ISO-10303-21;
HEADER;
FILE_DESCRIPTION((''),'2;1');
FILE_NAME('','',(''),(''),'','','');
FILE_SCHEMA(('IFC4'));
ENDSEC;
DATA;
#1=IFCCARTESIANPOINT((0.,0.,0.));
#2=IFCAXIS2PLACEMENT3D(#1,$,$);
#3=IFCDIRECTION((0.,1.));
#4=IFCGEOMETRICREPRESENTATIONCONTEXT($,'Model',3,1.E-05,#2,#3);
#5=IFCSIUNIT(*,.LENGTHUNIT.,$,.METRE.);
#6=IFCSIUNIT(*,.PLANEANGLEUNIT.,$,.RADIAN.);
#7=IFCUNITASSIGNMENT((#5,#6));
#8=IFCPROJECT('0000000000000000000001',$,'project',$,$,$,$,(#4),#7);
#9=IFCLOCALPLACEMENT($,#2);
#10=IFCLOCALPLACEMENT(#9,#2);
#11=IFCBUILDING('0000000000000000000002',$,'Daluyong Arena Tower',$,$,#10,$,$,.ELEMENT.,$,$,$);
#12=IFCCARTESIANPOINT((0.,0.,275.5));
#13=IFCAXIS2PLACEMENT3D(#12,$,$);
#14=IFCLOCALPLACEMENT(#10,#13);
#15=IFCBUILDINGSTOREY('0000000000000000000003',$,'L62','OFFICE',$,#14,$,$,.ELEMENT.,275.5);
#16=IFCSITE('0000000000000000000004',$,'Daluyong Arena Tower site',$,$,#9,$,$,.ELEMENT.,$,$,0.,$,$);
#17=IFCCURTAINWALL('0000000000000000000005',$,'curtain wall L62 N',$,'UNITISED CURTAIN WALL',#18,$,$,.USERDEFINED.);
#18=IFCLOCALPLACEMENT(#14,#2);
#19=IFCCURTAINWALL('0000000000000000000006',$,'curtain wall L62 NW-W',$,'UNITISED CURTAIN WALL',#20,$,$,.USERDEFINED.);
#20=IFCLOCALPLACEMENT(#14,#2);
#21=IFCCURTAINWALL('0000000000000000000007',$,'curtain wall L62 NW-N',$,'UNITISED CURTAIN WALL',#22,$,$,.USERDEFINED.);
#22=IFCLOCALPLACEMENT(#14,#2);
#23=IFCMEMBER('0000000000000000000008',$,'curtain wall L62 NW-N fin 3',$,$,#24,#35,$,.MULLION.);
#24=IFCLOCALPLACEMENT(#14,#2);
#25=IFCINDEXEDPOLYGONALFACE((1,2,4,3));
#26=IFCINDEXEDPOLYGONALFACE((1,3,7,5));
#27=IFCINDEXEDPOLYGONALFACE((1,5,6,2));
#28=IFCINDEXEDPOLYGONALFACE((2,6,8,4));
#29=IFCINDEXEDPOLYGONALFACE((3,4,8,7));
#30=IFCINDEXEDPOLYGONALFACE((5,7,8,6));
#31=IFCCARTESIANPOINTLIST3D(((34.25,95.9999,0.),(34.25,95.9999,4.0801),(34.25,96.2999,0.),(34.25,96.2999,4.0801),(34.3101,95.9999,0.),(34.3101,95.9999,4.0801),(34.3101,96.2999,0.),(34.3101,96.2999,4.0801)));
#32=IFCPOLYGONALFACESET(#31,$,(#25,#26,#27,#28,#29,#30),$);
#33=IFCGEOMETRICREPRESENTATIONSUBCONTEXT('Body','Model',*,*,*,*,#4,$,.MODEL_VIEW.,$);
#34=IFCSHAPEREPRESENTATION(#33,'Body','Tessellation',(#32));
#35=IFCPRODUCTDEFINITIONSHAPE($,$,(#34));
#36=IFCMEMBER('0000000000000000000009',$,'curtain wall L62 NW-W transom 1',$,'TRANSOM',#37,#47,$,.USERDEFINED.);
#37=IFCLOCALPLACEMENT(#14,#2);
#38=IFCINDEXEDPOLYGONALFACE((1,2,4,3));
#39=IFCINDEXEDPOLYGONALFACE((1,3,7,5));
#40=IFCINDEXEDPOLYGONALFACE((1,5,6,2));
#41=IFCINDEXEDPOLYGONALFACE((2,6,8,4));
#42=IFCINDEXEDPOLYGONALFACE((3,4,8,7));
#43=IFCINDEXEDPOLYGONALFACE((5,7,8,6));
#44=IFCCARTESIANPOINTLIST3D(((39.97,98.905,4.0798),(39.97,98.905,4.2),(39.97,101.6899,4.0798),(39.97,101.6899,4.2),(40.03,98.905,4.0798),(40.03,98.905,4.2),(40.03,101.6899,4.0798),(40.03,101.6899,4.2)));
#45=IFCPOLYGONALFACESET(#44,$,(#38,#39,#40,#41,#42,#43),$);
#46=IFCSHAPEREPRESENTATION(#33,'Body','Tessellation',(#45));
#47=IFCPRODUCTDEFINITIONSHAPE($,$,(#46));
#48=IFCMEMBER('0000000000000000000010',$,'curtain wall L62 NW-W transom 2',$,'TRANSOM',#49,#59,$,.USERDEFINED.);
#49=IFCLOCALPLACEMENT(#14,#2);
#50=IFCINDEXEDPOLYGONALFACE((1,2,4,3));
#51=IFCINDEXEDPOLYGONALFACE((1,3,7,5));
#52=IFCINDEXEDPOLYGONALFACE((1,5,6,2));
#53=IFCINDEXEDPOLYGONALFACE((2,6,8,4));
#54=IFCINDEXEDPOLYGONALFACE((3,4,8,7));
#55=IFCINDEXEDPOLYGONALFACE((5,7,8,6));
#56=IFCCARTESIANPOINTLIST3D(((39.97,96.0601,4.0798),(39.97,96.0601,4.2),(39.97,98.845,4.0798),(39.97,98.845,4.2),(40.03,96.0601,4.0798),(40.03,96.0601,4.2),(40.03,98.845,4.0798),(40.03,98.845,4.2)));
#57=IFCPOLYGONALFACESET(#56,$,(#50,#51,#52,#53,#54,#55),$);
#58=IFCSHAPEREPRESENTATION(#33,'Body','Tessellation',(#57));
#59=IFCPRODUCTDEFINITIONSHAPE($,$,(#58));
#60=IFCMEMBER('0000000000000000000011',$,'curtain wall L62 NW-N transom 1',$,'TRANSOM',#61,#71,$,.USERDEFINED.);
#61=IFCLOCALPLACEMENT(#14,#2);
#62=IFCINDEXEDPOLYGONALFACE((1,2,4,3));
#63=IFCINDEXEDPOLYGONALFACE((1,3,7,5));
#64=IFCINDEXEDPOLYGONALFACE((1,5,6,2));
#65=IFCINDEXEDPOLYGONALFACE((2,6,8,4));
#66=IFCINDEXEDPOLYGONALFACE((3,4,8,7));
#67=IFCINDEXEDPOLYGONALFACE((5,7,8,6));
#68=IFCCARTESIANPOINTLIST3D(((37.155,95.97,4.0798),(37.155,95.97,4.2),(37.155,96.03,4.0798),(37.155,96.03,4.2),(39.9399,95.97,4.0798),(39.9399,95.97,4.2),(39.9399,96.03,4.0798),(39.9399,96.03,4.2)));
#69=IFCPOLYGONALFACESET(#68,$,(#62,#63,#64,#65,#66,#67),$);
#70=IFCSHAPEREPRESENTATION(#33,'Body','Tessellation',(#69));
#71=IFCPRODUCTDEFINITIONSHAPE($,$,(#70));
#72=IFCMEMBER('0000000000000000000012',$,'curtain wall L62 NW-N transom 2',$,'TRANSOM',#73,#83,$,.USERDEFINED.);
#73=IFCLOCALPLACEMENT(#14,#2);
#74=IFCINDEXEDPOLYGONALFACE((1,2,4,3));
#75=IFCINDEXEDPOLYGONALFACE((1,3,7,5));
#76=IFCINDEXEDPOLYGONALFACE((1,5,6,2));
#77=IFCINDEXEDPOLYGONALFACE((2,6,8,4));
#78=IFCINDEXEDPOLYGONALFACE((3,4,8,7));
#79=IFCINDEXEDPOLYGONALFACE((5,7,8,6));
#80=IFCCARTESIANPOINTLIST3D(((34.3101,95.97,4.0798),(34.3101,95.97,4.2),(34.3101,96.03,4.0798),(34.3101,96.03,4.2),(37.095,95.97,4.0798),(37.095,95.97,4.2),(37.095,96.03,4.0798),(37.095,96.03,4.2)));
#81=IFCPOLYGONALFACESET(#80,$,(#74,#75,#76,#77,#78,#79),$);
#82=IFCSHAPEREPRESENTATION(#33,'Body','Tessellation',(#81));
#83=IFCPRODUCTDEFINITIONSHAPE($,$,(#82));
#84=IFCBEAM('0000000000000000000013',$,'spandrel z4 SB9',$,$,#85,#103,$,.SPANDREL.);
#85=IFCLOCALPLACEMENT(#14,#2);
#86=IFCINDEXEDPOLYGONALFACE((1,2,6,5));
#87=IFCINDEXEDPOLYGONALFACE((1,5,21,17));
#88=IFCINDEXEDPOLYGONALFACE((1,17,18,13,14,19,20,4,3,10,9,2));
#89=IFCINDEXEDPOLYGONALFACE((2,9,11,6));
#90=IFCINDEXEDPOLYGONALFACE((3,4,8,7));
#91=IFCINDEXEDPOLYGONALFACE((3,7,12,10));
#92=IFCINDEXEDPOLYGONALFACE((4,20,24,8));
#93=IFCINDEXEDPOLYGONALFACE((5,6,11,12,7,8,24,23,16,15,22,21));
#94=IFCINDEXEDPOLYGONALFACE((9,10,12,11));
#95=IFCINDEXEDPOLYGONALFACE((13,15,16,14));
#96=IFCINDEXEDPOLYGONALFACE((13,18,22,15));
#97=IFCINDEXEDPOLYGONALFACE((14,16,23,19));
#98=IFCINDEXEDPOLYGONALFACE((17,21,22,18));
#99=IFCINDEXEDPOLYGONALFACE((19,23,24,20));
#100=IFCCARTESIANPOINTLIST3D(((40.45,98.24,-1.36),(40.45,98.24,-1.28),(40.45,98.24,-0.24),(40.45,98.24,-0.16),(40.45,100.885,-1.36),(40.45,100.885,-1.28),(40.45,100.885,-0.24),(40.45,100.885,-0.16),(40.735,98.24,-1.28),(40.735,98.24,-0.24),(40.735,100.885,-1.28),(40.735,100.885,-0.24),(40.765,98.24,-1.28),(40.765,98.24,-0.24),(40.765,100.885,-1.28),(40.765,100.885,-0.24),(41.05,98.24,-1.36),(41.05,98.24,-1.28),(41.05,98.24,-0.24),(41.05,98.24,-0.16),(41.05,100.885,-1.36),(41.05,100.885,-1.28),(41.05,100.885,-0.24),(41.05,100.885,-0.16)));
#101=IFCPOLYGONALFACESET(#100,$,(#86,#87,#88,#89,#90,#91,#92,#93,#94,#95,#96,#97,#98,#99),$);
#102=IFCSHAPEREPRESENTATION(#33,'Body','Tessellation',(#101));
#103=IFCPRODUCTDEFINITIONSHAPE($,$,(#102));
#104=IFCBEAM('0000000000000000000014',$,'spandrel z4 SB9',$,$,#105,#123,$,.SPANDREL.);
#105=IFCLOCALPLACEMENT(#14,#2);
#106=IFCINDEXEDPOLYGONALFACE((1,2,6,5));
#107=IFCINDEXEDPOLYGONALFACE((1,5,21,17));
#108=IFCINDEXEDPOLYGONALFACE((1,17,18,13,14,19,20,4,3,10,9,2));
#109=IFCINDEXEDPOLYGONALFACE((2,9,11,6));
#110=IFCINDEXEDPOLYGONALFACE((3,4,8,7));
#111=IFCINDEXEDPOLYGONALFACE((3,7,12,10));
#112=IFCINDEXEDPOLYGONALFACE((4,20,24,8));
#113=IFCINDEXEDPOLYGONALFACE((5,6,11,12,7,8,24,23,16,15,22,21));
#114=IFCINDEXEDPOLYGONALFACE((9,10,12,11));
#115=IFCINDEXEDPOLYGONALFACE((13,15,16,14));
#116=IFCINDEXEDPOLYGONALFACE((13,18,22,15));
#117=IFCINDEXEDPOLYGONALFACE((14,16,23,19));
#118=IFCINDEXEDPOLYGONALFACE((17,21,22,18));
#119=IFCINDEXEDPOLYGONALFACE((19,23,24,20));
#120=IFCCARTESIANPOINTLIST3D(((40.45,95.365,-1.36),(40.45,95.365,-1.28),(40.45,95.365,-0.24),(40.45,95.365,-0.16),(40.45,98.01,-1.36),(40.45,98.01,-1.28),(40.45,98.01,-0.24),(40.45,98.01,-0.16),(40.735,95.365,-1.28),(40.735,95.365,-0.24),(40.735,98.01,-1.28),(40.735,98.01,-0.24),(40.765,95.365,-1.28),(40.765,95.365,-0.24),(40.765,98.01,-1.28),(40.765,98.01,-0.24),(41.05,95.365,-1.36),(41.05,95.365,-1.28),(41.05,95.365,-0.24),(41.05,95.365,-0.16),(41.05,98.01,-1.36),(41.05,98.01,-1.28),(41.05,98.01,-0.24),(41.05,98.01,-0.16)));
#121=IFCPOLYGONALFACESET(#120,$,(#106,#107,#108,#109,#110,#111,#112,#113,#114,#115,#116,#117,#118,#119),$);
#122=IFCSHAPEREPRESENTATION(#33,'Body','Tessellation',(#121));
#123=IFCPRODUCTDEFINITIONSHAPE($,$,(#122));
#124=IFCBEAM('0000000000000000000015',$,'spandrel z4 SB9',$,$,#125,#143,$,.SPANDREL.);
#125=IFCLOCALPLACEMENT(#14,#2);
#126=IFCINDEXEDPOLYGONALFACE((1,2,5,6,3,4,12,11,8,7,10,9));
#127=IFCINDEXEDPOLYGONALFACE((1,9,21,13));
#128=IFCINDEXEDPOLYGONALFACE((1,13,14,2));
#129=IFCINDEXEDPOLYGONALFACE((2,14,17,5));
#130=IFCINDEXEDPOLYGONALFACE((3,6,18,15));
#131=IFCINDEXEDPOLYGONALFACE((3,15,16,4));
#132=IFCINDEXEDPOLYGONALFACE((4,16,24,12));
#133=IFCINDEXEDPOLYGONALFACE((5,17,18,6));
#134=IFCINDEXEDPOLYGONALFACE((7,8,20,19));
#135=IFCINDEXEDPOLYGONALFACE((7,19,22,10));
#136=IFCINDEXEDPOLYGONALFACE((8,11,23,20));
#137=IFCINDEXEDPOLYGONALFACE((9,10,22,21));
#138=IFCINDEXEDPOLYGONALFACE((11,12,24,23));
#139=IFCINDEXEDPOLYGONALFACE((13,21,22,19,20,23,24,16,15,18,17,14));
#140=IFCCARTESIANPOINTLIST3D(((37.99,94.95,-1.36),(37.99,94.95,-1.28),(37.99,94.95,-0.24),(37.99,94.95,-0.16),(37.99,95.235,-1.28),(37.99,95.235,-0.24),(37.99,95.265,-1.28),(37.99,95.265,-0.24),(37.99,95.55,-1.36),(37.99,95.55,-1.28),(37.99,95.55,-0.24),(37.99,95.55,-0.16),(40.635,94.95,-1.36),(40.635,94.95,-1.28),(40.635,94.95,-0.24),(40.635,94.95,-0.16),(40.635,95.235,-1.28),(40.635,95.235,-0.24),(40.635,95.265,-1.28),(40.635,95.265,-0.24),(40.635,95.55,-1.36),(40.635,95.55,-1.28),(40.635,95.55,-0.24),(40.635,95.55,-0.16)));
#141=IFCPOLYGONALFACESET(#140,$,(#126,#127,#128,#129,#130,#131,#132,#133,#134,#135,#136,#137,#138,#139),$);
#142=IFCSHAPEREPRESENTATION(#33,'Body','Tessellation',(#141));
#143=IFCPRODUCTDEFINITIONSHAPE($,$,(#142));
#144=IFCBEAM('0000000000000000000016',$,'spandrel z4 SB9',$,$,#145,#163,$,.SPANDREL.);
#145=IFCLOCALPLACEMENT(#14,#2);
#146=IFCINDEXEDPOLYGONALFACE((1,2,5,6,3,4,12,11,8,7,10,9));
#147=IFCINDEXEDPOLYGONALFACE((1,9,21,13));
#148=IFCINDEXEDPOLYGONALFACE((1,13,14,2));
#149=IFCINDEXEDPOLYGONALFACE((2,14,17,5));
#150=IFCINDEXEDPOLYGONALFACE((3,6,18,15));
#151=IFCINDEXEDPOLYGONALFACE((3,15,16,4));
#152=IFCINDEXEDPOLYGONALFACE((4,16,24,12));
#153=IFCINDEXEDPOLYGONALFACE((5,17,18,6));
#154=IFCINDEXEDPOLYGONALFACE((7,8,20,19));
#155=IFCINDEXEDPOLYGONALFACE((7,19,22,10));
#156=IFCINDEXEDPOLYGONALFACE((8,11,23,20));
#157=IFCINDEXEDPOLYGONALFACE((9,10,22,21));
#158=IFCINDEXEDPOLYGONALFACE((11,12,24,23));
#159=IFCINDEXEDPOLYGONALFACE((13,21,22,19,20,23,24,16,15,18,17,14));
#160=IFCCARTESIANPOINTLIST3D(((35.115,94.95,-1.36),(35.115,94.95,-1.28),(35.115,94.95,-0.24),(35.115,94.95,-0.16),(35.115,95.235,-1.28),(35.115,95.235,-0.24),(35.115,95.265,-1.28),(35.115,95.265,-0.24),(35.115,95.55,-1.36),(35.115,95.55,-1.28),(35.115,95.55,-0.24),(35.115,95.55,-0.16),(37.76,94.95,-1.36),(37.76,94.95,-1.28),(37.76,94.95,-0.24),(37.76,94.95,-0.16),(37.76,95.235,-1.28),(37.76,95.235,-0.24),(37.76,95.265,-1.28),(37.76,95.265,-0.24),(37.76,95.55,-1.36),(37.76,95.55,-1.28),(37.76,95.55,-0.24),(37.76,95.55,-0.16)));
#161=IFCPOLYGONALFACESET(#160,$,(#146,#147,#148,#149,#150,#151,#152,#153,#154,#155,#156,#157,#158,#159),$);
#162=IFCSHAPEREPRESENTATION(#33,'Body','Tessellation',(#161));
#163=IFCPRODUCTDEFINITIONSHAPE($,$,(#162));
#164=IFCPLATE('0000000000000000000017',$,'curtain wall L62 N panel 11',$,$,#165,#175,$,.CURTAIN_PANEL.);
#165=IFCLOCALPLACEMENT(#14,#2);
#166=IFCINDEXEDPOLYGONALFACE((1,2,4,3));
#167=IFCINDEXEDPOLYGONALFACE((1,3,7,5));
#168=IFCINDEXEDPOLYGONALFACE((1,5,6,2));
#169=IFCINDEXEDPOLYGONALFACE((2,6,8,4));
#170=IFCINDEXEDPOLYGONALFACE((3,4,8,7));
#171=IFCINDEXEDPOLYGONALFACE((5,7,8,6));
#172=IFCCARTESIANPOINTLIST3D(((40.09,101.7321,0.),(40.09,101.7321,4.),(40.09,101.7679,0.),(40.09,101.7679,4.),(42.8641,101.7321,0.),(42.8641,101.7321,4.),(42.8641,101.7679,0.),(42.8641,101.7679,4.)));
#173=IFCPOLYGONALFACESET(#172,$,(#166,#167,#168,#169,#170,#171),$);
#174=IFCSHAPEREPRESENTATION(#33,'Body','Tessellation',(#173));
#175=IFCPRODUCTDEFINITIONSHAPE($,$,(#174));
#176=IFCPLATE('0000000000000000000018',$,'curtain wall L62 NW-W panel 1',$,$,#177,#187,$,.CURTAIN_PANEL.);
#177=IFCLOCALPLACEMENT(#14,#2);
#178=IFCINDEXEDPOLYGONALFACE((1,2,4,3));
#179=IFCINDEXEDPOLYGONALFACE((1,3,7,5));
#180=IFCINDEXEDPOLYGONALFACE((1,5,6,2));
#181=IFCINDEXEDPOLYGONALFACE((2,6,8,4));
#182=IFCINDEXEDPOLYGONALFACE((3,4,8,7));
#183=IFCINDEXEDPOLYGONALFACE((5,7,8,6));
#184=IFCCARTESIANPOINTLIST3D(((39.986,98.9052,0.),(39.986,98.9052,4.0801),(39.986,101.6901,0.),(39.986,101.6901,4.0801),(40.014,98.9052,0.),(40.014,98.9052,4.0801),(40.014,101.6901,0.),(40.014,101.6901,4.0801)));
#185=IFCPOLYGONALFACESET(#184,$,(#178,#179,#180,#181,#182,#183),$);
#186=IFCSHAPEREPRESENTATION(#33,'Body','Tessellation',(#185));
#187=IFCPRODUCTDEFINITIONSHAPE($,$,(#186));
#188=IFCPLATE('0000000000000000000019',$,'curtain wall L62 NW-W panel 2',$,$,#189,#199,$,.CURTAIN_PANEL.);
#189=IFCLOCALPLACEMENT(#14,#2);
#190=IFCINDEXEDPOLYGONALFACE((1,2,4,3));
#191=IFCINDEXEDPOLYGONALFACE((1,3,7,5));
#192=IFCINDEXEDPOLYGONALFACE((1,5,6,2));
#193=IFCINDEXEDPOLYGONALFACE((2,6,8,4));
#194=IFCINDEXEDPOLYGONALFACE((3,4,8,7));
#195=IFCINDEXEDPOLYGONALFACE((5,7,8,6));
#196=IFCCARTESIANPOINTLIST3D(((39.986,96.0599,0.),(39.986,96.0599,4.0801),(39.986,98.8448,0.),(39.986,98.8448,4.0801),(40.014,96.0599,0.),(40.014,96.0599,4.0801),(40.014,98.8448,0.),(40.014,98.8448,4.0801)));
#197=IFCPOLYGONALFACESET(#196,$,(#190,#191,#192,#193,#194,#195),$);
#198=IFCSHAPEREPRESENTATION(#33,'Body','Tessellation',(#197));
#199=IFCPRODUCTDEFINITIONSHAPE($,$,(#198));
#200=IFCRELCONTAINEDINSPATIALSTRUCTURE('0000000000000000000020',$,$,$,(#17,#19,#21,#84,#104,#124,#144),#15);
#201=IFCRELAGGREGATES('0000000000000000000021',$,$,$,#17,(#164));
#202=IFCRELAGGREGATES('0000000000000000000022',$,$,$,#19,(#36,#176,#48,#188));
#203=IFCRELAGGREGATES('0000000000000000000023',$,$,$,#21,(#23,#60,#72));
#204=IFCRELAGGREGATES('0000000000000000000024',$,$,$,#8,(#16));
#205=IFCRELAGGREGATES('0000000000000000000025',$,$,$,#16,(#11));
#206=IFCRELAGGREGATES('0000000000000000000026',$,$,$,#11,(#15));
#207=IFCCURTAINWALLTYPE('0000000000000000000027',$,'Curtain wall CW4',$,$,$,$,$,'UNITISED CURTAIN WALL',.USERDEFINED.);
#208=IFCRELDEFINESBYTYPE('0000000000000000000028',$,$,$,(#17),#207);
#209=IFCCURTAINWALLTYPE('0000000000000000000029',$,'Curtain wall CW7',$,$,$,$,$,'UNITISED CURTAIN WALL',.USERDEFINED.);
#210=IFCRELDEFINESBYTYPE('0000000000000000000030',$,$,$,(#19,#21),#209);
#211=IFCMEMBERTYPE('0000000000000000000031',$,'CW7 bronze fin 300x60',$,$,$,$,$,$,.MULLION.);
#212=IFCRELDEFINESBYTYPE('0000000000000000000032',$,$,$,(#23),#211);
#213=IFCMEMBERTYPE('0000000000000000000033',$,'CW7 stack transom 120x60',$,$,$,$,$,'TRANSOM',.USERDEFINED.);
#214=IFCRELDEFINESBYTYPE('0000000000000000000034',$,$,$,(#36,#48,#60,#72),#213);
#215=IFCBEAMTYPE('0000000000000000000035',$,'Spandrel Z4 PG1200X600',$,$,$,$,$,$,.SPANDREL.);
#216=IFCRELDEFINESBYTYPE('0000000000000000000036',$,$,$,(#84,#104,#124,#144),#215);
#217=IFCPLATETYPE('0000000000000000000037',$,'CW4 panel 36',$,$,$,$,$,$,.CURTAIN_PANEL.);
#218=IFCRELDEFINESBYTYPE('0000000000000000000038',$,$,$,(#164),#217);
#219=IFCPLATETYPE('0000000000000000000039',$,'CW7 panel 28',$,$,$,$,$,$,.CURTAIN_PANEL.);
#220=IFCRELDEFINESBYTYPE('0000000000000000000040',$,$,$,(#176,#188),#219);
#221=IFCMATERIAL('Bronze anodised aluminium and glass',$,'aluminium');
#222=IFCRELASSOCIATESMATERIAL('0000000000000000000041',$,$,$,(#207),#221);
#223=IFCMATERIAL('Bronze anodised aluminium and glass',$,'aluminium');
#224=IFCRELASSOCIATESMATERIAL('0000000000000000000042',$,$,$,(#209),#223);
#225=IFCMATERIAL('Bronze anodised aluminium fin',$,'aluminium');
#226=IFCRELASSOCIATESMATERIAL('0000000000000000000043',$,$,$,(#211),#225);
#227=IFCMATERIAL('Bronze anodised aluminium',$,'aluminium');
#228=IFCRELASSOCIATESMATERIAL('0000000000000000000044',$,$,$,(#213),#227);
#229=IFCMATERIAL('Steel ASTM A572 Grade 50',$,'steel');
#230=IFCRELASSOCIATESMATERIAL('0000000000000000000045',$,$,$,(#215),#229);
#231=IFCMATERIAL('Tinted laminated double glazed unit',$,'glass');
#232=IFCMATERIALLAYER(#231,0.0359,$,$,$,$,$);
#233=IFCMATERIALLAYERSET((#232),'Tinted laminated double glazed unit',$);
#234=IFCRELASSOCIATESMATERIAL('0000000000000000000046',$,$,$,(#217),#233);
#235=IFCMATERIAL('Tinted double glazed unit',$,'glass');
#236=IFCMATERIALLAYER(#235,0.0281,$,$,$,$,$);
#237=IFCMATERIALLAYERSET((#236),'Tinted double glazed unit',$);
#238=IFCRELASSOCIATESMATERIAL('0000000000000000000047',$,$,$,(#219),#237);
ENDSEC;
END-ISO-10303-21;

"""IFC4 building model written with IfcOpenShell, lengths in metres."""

from ifc_helpers import new_model, si_unit, direction, frame, origin, origin_2d, place, context, subcontext, project, spatial, rectangle, i_section, extrude, material, layer, layer_set, material_profile, profile_set, type_object, element, aggregate, save


model = new_model("IFC4")

# Units and contexts
model_context = context("Model", 3, precision=1e-05, world=origin(), true_north=direction((0.0, 1.0)))
body_context = subcontext(model_context, "Body", "Model", "MODEL_VIEW")
ifc_project = project(units=[si_unit("LENGTHUNIT", "METRE"), si_unit("PLANEANGLEUNIT", "RADIAN")], contexts=[model_context])

# Site, building, storey
site_placement = place(None, origin())
site = spatial("IfcSite", under=ifc_project, at=site_placement, Name="Daluyong Arena Tower site", CompositionType="ELEMENT", RefElevation=0.0)
building_placement = place(site_placement, origin())
building = spatial("IfcBuilding", under=site, at=building_placement, Name="Daluyong Arena Tower", CompositionType="ELEMENT")
storey_placement = place(building_placement, frame((0.0, 0.0, 275.5)))
storey = spatial("IfcBuildingStorey", under=building, at=storey_placement, Name="L62", Description="OFFICE", CompositionType="ELEMENT", Elevation=275.5)

# Curtain wall
ifc_material_1 = material(Name="Bronze anodised aluminium and glass", Category="aluminium")
curtain_wall_type_1 = type_object("IfcCurtainWallType", Name="Curtain wall CW4", ElementType="UNITISED CURTAIN WALL", PredefinedType="USERDEFINED", material=ifc_material_1)
curtain_wall_1_placement = place(storey_placement, origin())
curtain_wall_1 = element("IfcCurtainWall", 1, at=curtain_wall_1_placement, inside=storey, type_object=curtain_wall_type_1, Name="curtain wall L62 N", ObjectType="UNITISED CURTAIN WALL", PredefinedType="USERDEFINED")

# Curtain walls, member
ifc_material_2 = material(Name="Bronze anodised aluminium and glass", Category="aluminium")
curtain_wall_type_2 = type_object("IfcCurtainWallType", Name="Curtain wall CW7", ElementType="UNITISED CURTAIN WALL", PredefinedType="USERDEFINED", material=ifc_material_2)
curtain_wall_2_placement = place(storey_placement, origin())
curtain_wall_2 = element("IfcCurtainWall", 2, at=curtain_wall_2_placement, inside=storey, type_object=curtain_wall_type_2, Name="curtain wall L62 NW-W", ObjectType="UNITISED CURTAIN WALL", PredefinedType="USERDEFINED")
ifc_material_3 = material(Name="Bronze anodised aluminium fin", Category="aluminium")
ifc_material_profile_1 = material_profile(ifc_material_3, rectangle(XDim=0.3, YDim=0.0601, at=origin_2d()))
ifc_profile_set_1 = profile_set([ifc_material_profile_1], Name="Bronze anodised aluminium fin")
member_type_1 = type_object("IfcMemberType", Name="CW7 bronze fin 300x60", PredefinedType="MULLION", material=ifc_profile_set_1)
curtain_wall_3_placement = place(storey_placement, origin())
curtain_wall_3 = element("IfcCurtainWall", 3, at=curtain_wall_3_placement, inside=storey, type_object=curtain_wall_type_2, Name="curtain wall L62 NW-N", ObjectType="UNITISED CURTAIN WALL", PredefinedType="USERDEFINED")
member_1_placement = place(storey_placement, frame((34.28, 96.1499, 0.0), z_axis=(0.0, 0.0, 1.0), x_axis=(0.0, -1.0, 0.0)))
member_1 = element("IfcMember", 4, at=member_1_placement, type_object=member_type_1, Name="curtain wall L62 NW-N fin 3", PredefinedType="MULLION", context=body_context, shape_type="SweptSolid", body=[
    extrude(rectangle(XDim=0.3, YDim=0.0601, at=origin_2d()), origin(), (0.0, 0.0, 1.0), 4.0801),
])

# Members
ifc_material_4 = material(Name="Bronze anodised aluminium", Category="aluminium")
ifc_material_profile_2 = material_profile(ifc_material_4, rectangle(XDim=0.0601, YDim=0.1201, at=origin_2d()))
ifc_profile_set_2 = profile_set([ifc_material_profile_2], Name="Bronze anodised aluminium")
member_type_2 = type_object("IfcMemberType", Name="CW7 stack transom 120x60", ElementType="TRANSOM", PredefinedType="USERDEFINED", material=ifc_profile_set_2)
member_2_placement = place(storey_placement, frame((40.0, 101.6899, 4.1399), z_axis=(0.0, -1.0, 0.0), x_axis=(1.0, 0.0, 0.0)))
member_2 = element("IfcMember", 5, at=member_2_placement, type_object=member_type_2, Name="curtain wall L62 NW-W transom 1", ObjectType="TRANSOM", PredefinedType="USERDEFINED", context=body_context, shape_type="SweptSolid", body=[
    extrude(rectangle(XDim=0.0601, YDim=0.1201, at=origin_2d()), origin(), (0.0, 0.0, 1.0), 2.7849),
])
member_3_placement = place(storey_placement, frame((40.0, 98.845, 4.1399), z_axis=(0.0, -1.0, 0.0), x_axis=(1.0, 0.0, 0.0)))
member_3 = element("IfcMember", 6, at=member_3_placement, type_object=member_type_2, Name="curtain wall L62 NW-W transom 2", ObjectType="TRANSOM", PredefinedType="USERDEFINED", context=body_context, shape_type="SweptSolid", body=[
    extrude(rectangle(XDim=0.0601, YDim=0.1201, at=origin_2d()), origin(), (0.0, 0.0, 1.0), 2.7849),
])
member_4_placement = place(storey_placement, frame((39.9399, 96.0, 4.1399), z_axis=(-1.0, 0.0, 0.0), x_axis=(0.0, -1.0, 0.0)))
member_4 = element("IfcMember", 7, at=member_4_placement, type_object=member_type_2, Name="curtain wall L62 NW-N transom 1", ObjectType="TRANSOM", PredefinedType="USERDEFINED", context=body_context, shape_type="SweptSolid", body=[
    extrude(rectangle(XDim=0.0601, YDim=0.1201, at=origin_2d()), origin(), (0.0, 0.0, 1.0), 2.7849),
])
member_5_placement = place(storey_placement, frame((37.095, 96.0, 4.1399), z_axis=(-1.0, 0.0, 0.0), x_axis=(0.0, -1.0, 0.0)))
member_5 = element("IfcMember", 8, at=member_5_placement, type_object=member_type_2, Name="curtain wall L62 NW-N transom 2", ObjectType="TRANSOM", PredefinedType="USERDEFINED", context=body_context, shape_type="SweptSolid", body=[
    extrude(rectangle(XDim=0.0601, YDim=0.1201, at=origin_2d()), origin(), (0.0, 0.0, 1.0), 2.7849),
])

# Beams
ifc_material_5 = material(Name="Steel ASTM A572 Grade 50", Category="steel")
ifc_material_profile_3 = material_profile(ifc_material_5, i_section(OverallWidth=0.6001, OverallDepth=1.2, WebThickness=0.03, FlangeThickness=0.08, at=origin_2d()))
ifc_profile_set_3 = profile_set([ifc_material_profile_3], Name="Steel ASTM A572 Grade 50")
beam_type = type_object("IfcBeamType", Name="Spandrel Z4 PG1200X600", PredefinedType="SPANDREL", material=ifc_profile_set_3)
for number, where, z_axis, x_axis, name in (
    (9, (40.75, 100.885, -0.76), (0.0, -1.0, 0.0), (1.0, 0.0, 0.0), "spandrel z4 SB9"),
    (10, (40.75, 98.01, -0.76), (0.0, -1.0, 0.0), (1.0, 0.0, 0.0), "spandrel z4 SB9"),
    (11, (40.635, 95.25, -0.76), (-1.0, 0.0, 0.0), (0.0, -1.0, 0.0), "spandrel z4 SB9"),
    (12, (37.76, 95.25, -0.76), (-1.0, 0.0, 0.0), (0.0, -1.0, 0.0), "spandrel z4 SB9"),
):
    element("IfcBeam", number, at=place(storey_placement, frame(where, z_axis=z_axis, x_axis=x_axis)), inside=storey, type_object=beam_type, Name=name, PredefinedType="SPANDREL", context=body_context, shape_type="SweptSolid", body=[
        extrude(i_section(OverallWidth=0.6001, OverallDepth=1.2, WebThickness=0.03, FlangeThickness=0.08, at=origin_2d()), origin(), (0.0, 0.0, 1.0), 2.645),
    ])

# Plates
ifc_material_6 = material(Name="Tinted laminated double glazed unit", Category="glass")
ifc_layer_1 = layer(ifc_material_6, 0.0359)
ifc_layer_set_1 = layer_set([ifc_layer_1], Name="Tinted laminated double glazed unit")
plate_type_1 = type_object("IfcPlateType", Name="CW4 panel 36", PredefinedType="CURTAIN_PANEL", material=ifc_layer_set_1)
plate_1_placement = place(storey_placement, frame((41.4771, 101.75, 0.0), z_axis=(0.0, 0.0, 1.0), x_axis=(-1.0, 0.0, 0.0)))
plate_1 = element("IfcPlate", 13, at=plate_1_placement, type_object=plate_type_1, Name="curtain wall L62 N panel 11", PredefinedType="CURTAIN_PANEL", context=body_context, shape_type="SweptSolid", body=[
    extrude(rectangle(XDim=2.7742, YDim=0.0359, at=origin_2d()), origin(), (0.0, 0.0, 1.0), 4.0),
])
aggregate(curtain_wall_1, [plate_1])
ifc_material_7 = material(Name="Tinted double glazed unit", Category="glass")
ifc_layer_2 = layer(ifc_material_7, 0.0281)
ifc_layer_set_2 = layer_set([ifc_layer_2], Name="Tinted double glazed unit")
plate_type_2 = type_object("IfcPlateType", Name="CW7 panel 28", PredefinedType="CURTAIN_PANEL", material=ifc_layer_set_2)
plate_2_placement = place(storey_placement, frame((40.0, 100.2976, 0.0), z_axis=(0.0, 0.0, 1.0), x_axis=(0.0, -1.0, 0.0)))
plate_2 = element("IfcPlate", 14, at=plate_2_placement, type_object=plate_type_2, Name="curtain wall L62 NW-W panel 1", PredefinedType="CURTAIN_PANEL", context=body_context, shape_type="SweptSolid", body=[
    extrude(rectangle(XDim=2.7849, YDim=0.0281, at=origin_2d()), origin(), (0.0, 0.0, 1.0), 4.0801),
])
plate_3_placement = place(storey_placement, frame((40.0, 97.4524, 0.0), z_axis=(0.0, 0.0, 1.0), x_axis=(0.0, -1.0, 0.0)))
plate_3 = element("IfcPlate", 15, at=plate_3_placement, type_object=plate_type_2, Name="curtain wall L62 NW-W panel 2", PredefinedType="CURTAIN_PANEL", context=body_context, shape_type="SweptSolid", body=[
    extrude(rectangle(XDim=2.7849, YDim=0.0281, at=origin_2d()), origin(), (0.0, 0.0, 1.0), 4.0801),
])
aggregate(curtain_wall_2, [member_2, plate_2, member_3, plate_3])
aggregate(curtain_wall_3, [member_1, member_4, member_5])

save(model, "model.ifc")
